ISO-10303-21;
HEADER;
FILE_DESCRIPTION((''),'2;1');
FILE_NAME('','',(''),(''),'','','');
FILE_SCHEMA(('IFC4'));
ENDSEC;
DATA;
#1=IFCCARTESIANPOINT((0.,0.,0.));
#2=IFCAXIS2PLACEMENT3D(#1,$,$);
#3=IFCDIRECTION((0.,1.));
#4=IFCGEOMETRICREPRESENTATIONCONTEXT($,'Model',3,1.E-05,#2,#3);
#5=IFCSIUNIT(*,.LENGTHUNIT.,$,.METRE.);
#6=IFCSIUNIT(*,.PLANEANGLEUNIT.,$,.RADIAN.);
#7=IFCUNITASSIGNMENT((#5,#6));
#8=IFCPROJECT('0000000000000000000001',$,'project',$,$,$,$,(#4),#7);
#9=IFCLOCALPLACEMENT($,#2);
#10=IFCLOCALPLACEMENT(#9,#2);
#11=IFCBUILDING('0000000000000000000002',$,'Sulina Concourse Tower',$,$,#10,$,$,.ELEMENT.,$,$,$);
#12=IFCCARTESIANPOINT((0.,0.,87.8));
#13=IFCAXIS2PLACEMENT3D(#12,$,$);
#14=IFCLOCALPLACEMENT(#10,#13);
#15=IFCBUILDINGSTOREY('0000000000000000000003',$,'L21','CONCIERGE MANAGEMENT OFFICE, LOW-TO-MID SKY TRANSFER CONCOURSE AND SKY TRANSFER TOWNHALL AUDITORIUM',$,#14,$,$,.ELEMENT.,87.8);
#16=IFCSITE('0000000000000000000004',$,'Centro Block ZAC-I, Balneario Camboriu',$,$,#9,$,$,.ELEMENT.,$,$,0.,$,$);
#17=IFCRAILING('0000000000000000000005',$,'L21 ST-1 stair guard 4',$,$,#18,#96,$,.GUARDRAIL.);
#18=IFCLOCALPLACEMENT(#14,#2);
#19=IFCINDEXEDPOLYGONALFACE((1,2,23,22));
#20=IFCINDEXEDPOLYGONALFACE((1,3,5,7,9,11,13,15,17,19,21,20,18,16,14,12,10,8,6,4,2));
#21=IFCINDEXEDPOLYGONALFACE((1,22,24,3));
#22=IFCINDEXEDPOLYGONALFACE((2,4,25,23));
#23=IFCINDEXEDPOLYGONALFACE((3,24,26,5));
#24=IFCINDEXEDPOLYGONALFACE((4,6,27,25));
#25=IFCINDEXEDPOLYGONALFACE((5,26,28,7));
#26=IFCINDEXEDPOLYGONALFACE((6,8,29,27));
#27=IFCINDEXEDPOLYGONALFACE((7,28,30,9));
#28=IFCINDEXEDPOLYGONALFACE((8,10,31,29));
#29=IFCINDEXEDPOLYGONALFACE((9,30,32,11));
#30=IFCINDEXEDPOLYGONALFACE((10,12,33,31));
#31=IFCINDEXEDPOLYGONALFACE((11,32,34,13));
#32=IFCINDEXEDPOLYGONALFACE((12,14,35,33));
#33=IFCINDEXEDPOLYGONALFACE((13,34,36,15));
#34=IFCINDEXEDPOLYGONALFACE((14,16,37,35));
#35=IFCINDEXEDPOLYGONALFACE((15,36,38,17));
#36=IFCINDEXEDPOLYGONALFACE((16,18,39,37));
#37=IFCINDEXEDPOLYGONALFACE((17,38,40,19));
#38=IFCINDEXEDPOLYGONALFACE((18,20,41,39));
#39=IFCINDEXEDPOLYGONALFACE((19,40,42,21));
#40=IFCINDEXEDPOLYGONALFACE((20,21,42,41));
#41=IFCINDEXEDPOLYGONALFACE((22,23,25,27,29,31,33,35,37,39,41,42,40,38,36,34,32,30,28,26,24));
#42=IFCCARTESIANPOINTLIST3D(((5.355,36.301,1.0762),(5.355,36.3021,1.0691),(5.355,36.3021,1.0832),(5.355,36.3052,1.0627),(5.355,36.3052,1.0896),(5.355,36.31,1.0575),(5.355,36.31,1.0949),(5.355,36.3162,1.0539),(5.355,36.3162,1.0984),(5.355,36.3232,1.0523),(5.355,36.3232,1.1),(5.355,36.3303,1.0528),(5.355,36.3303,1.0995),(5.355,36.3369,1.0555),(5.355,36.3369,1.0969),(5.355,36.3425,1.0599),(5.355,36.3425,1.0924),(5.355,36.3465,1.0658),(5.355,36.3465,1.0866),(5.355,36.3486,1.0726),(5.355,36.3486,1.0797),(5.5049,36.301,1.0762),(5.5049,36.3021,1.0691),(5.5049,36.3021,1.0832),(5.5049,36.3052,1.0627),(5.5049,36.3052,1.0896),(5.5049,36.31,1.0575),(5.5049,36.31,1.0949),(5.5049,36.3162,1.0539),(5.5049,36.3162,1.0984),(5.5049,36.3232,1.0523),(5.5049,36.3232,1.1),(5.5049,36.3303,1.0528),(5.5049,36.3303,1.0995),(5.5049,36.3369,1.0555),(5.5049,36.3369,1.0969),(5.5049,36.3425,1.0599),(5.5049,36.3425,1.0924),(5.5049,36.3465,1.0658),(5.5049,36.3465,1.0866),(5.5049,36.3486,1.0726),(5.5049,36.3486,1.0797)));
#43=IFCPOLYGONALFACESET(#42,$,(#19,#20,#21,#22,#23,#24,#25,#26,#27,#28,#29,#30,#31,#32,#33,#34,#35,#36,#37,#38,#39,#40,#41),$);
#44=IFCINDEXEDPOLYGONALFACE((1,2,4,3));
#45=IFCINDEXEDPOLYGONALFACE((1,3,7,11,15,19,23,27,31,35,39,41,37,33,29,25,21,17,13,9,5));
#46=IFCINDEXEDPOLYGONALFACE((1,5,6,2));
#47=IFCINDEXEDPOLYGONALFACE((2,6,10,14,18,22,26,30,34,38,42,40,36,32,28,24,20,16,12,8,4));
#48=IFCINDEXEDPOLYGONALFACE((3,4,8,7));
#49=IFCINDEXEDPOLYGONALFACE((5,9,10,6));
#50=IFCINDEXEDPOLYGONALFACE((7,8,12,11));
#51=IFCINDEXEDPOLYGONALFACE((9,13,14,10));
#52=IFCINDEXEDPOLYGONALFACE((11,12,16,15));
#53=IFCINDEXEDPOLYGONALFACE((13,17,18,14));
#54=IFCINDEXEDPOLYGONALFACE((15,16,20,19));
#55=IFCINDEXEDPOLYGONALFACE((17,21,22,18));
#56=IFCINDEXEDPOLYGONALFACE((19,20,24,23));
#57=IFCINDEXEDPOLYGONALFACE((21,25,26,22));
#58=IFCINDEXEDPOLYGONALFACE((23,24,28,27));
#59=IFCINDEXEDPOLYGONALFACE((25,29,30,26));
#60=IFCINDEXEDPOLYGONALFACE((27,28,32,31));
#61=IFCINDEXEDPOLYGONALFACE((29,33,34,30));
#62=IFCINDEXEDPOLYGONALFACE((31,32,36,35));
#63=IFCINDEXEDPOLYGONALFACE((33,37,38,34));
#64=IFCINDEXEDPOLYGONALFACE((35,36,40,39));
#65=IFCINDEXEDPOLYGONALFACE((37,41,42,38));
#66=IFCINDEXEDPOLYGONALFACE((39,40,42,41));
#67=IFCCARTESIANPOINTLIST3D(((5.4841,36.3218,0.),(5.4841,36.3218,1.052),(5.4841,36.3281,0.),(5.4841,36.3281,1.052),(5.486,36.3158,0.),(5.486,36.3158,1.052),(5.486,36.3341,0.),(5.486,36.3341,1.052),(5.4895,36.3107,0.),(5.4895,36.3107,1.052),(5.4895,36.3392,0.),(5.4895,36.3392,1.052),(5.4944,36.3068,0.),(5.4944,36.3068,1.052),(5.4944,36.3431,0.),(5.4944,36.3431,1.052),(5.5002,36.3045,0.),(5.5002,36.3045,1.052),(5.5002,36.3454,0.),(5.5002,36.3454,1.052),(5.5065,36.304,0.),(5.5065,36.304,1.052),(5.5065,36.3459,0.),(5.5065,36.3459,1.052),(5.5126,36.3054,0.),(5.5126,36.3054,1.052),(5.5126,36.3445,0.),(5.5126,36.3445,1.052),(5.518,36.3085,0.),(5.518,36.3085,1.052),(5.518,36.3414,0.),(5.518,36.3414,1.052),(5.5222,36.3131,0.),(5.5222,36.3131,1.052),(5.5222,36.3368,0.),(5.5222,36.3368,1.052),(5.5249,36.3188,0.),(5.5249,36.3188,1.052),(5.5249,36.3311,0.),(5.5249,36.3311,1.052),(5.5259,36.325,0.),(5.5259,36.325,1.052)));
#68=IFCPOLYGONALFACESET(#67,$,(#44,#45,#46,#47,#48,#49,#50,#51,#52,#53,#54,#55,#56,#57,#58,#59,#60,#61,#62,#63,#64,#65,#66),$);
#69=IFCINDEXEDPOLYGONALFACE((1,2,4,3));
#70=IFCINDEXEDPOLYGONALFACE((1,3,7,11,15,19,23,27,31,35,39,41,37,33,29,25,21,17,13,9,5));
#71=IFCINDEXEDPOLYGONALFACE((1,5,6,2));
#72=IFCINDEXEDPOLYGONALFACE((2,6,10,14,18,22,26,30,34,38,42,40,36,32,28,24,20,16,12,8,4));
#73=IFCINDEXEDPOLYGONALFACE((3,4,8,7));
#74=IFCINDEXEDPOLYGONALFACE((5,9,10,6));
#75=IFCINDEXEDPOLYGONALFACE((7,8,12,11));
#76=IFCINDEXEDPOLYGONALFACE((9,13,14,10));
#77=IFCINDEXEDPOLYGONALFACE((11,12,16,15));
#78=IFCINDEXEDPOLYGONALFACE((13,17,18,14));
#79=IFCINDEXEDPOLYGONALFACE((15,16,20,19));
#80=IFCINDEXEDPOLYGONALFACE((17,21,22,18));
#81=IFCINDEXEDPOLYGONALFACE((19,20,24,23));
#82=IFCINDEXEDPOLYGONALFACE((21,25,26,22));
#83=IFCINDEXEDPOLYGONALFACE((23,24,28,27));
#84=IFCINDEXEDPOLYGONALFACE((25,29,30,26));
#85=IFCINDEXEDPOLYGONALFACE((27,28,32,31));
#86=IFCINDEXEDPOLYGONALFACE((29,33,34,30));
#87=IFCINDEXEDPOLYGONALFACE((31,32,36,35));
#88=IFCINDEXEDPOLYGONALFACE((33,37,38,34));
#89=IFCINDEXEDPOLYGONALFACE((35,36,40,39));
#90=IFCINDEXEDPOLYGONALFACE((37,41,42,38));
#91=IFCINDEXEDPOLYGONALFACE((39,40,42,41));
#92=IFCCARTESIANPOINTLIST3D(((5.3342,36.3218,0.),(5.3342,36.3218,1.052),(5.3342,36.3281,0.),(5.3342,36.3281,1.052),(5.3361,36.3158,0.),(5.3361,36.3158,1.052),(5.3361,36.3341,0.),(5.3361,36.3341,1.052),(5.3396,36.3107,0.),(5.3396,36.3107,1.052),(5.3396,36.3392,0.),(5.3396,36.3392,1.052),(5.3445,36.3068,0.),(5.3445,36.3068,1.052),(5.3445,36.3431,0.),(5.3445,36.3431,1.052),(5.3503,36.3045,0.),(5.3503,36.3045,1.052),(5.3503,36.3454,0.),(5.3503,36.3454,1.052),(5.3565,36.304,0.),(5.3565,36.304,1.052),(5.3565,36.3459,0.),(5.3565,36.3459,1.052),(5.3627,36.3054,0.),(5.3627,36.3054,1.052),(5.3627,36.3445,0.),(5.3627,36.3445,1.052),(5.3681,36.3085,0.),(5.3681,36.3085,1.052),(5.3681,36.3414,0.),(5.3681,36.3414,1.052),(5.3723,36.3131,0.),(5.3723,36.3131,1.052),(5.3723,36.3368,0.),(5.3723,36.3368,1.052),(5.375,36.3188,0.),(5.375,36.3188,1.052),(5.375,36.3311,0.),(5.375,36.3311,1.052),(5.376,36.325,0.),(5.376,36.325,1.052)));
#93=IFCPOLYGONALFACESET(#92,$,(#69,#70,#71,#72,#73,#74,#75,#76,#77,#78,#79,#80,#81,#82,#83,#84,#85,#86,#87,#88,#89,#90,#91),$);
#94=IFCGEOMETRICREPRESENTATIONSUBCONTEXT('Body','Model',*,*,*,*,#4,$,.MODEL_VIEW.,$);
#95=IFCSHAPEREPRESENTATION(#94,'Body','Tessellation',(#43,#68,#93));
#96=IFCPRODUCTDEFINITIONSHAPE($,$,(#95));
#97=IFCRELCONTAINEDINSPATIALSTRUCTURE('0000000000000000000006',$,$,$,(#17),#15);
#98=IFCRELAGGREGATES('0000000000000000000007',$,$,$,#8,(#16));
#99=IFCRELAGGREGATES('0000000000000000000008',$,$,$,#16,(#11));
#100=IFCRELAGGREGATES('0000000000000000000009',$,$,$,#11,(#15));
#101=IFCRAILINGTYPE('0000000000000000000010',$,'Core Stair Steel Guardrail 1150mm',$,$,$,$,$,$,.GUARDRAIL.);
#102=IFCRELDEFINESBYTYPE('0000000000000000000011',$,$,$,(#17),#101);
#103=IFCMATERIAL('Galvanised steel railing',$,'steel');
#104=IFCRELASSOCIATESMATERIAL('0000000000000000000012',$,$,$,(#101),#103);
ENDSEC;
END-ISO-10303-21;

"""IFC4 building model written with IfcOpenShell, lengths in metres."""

from ifc_helpers import new_model, si_unit, direction, frame, origin, origin_2d, place, context, subcontext, project, spatial, circle, extrude, material, type_object, element, save


model = new_model("IFC4")

# Units and contexts
model_context = context("Model", 3, precision=1e-05, world=origin(), true_north=direction((0.0, 1.0)))
body_context = subcontext(model_context, "Body", "Model", "MODEL_VIEW")
ifc_project = project(units=[si_unit("LENGTHUNIT", "METRE"), si_unit("PLANEANGLEUNIT", "RADIAN")], contexts=[model_context])

# Site, building, storey
site_placement = place(None, origin())
site = spatial("IfcSite", under=ifc_project, at=site_placement, Name="Centro Block ZAC-I, Balneario Camboriu", CompositionType="ELEMENT", RefElevation=0.0)
building_placement = place(site_placement, origin())
building = spatial("IfcBuilding", under=site, at=building_placement, Name="Sulina Concourse Tower", CompositionType="ELEMENT")
storey_placement = place(building_placement, frame((0.0, 0.0, 87.8)))
storey = spatial("IfcBuildingStorey", under=building, at=storey_placement, Name="L21", Description="CONCIERGE MANAGEMENT OFFICE, LOW-TO-MID SKY TRANSFER CONCOURSE AND SKY TRANSFER TOWNHALL AUDITORIUM", CompositionType="ELEMENT", Elevation=87.8)

# Railing
ifc_material_1 = material(Name="Galvanised steel railing", Category="steel")
railing_type_1 = type_object("IfcRailingType", Name="Core Stair Steel Guardrail 1150mm", PredefinedType="GUARDRAIL", material=ifc_material_1)
railing_1_placement = place(storey_placement, frame((5.5049, 36.325, 0.0)))
element("IfcRailing", 1, at=railing_1_placement, inside=storey, type_object=railing_type_1, Name="L21 ST-1 stair guard 4", PredefinedType="GUARDRAIL", context=body_context, shape_type="SweptSolid", body=[
    extrude(circle(Radius=0.0239, at=origin_2d()), frame((0.0, 0.0, 1.0762), z_axis=(-1.0, 0.0, 0.0), x_axis=(0.0, -1.0, 0.0)), (0.0, 0.0, 1.0), 0.1499),
    extrude(circle(Radius=0.021, at=origin_2d()), origin(), (0.0, 0.0, 1.0), 1.052),
    extrude(circle(Radius=0.021, at=origin_2d()), frame((-0.1499, 0.0, 0.0)), (0.0, 0.0, 1.0), 1.052),
])

save(model, "model.ifc")
